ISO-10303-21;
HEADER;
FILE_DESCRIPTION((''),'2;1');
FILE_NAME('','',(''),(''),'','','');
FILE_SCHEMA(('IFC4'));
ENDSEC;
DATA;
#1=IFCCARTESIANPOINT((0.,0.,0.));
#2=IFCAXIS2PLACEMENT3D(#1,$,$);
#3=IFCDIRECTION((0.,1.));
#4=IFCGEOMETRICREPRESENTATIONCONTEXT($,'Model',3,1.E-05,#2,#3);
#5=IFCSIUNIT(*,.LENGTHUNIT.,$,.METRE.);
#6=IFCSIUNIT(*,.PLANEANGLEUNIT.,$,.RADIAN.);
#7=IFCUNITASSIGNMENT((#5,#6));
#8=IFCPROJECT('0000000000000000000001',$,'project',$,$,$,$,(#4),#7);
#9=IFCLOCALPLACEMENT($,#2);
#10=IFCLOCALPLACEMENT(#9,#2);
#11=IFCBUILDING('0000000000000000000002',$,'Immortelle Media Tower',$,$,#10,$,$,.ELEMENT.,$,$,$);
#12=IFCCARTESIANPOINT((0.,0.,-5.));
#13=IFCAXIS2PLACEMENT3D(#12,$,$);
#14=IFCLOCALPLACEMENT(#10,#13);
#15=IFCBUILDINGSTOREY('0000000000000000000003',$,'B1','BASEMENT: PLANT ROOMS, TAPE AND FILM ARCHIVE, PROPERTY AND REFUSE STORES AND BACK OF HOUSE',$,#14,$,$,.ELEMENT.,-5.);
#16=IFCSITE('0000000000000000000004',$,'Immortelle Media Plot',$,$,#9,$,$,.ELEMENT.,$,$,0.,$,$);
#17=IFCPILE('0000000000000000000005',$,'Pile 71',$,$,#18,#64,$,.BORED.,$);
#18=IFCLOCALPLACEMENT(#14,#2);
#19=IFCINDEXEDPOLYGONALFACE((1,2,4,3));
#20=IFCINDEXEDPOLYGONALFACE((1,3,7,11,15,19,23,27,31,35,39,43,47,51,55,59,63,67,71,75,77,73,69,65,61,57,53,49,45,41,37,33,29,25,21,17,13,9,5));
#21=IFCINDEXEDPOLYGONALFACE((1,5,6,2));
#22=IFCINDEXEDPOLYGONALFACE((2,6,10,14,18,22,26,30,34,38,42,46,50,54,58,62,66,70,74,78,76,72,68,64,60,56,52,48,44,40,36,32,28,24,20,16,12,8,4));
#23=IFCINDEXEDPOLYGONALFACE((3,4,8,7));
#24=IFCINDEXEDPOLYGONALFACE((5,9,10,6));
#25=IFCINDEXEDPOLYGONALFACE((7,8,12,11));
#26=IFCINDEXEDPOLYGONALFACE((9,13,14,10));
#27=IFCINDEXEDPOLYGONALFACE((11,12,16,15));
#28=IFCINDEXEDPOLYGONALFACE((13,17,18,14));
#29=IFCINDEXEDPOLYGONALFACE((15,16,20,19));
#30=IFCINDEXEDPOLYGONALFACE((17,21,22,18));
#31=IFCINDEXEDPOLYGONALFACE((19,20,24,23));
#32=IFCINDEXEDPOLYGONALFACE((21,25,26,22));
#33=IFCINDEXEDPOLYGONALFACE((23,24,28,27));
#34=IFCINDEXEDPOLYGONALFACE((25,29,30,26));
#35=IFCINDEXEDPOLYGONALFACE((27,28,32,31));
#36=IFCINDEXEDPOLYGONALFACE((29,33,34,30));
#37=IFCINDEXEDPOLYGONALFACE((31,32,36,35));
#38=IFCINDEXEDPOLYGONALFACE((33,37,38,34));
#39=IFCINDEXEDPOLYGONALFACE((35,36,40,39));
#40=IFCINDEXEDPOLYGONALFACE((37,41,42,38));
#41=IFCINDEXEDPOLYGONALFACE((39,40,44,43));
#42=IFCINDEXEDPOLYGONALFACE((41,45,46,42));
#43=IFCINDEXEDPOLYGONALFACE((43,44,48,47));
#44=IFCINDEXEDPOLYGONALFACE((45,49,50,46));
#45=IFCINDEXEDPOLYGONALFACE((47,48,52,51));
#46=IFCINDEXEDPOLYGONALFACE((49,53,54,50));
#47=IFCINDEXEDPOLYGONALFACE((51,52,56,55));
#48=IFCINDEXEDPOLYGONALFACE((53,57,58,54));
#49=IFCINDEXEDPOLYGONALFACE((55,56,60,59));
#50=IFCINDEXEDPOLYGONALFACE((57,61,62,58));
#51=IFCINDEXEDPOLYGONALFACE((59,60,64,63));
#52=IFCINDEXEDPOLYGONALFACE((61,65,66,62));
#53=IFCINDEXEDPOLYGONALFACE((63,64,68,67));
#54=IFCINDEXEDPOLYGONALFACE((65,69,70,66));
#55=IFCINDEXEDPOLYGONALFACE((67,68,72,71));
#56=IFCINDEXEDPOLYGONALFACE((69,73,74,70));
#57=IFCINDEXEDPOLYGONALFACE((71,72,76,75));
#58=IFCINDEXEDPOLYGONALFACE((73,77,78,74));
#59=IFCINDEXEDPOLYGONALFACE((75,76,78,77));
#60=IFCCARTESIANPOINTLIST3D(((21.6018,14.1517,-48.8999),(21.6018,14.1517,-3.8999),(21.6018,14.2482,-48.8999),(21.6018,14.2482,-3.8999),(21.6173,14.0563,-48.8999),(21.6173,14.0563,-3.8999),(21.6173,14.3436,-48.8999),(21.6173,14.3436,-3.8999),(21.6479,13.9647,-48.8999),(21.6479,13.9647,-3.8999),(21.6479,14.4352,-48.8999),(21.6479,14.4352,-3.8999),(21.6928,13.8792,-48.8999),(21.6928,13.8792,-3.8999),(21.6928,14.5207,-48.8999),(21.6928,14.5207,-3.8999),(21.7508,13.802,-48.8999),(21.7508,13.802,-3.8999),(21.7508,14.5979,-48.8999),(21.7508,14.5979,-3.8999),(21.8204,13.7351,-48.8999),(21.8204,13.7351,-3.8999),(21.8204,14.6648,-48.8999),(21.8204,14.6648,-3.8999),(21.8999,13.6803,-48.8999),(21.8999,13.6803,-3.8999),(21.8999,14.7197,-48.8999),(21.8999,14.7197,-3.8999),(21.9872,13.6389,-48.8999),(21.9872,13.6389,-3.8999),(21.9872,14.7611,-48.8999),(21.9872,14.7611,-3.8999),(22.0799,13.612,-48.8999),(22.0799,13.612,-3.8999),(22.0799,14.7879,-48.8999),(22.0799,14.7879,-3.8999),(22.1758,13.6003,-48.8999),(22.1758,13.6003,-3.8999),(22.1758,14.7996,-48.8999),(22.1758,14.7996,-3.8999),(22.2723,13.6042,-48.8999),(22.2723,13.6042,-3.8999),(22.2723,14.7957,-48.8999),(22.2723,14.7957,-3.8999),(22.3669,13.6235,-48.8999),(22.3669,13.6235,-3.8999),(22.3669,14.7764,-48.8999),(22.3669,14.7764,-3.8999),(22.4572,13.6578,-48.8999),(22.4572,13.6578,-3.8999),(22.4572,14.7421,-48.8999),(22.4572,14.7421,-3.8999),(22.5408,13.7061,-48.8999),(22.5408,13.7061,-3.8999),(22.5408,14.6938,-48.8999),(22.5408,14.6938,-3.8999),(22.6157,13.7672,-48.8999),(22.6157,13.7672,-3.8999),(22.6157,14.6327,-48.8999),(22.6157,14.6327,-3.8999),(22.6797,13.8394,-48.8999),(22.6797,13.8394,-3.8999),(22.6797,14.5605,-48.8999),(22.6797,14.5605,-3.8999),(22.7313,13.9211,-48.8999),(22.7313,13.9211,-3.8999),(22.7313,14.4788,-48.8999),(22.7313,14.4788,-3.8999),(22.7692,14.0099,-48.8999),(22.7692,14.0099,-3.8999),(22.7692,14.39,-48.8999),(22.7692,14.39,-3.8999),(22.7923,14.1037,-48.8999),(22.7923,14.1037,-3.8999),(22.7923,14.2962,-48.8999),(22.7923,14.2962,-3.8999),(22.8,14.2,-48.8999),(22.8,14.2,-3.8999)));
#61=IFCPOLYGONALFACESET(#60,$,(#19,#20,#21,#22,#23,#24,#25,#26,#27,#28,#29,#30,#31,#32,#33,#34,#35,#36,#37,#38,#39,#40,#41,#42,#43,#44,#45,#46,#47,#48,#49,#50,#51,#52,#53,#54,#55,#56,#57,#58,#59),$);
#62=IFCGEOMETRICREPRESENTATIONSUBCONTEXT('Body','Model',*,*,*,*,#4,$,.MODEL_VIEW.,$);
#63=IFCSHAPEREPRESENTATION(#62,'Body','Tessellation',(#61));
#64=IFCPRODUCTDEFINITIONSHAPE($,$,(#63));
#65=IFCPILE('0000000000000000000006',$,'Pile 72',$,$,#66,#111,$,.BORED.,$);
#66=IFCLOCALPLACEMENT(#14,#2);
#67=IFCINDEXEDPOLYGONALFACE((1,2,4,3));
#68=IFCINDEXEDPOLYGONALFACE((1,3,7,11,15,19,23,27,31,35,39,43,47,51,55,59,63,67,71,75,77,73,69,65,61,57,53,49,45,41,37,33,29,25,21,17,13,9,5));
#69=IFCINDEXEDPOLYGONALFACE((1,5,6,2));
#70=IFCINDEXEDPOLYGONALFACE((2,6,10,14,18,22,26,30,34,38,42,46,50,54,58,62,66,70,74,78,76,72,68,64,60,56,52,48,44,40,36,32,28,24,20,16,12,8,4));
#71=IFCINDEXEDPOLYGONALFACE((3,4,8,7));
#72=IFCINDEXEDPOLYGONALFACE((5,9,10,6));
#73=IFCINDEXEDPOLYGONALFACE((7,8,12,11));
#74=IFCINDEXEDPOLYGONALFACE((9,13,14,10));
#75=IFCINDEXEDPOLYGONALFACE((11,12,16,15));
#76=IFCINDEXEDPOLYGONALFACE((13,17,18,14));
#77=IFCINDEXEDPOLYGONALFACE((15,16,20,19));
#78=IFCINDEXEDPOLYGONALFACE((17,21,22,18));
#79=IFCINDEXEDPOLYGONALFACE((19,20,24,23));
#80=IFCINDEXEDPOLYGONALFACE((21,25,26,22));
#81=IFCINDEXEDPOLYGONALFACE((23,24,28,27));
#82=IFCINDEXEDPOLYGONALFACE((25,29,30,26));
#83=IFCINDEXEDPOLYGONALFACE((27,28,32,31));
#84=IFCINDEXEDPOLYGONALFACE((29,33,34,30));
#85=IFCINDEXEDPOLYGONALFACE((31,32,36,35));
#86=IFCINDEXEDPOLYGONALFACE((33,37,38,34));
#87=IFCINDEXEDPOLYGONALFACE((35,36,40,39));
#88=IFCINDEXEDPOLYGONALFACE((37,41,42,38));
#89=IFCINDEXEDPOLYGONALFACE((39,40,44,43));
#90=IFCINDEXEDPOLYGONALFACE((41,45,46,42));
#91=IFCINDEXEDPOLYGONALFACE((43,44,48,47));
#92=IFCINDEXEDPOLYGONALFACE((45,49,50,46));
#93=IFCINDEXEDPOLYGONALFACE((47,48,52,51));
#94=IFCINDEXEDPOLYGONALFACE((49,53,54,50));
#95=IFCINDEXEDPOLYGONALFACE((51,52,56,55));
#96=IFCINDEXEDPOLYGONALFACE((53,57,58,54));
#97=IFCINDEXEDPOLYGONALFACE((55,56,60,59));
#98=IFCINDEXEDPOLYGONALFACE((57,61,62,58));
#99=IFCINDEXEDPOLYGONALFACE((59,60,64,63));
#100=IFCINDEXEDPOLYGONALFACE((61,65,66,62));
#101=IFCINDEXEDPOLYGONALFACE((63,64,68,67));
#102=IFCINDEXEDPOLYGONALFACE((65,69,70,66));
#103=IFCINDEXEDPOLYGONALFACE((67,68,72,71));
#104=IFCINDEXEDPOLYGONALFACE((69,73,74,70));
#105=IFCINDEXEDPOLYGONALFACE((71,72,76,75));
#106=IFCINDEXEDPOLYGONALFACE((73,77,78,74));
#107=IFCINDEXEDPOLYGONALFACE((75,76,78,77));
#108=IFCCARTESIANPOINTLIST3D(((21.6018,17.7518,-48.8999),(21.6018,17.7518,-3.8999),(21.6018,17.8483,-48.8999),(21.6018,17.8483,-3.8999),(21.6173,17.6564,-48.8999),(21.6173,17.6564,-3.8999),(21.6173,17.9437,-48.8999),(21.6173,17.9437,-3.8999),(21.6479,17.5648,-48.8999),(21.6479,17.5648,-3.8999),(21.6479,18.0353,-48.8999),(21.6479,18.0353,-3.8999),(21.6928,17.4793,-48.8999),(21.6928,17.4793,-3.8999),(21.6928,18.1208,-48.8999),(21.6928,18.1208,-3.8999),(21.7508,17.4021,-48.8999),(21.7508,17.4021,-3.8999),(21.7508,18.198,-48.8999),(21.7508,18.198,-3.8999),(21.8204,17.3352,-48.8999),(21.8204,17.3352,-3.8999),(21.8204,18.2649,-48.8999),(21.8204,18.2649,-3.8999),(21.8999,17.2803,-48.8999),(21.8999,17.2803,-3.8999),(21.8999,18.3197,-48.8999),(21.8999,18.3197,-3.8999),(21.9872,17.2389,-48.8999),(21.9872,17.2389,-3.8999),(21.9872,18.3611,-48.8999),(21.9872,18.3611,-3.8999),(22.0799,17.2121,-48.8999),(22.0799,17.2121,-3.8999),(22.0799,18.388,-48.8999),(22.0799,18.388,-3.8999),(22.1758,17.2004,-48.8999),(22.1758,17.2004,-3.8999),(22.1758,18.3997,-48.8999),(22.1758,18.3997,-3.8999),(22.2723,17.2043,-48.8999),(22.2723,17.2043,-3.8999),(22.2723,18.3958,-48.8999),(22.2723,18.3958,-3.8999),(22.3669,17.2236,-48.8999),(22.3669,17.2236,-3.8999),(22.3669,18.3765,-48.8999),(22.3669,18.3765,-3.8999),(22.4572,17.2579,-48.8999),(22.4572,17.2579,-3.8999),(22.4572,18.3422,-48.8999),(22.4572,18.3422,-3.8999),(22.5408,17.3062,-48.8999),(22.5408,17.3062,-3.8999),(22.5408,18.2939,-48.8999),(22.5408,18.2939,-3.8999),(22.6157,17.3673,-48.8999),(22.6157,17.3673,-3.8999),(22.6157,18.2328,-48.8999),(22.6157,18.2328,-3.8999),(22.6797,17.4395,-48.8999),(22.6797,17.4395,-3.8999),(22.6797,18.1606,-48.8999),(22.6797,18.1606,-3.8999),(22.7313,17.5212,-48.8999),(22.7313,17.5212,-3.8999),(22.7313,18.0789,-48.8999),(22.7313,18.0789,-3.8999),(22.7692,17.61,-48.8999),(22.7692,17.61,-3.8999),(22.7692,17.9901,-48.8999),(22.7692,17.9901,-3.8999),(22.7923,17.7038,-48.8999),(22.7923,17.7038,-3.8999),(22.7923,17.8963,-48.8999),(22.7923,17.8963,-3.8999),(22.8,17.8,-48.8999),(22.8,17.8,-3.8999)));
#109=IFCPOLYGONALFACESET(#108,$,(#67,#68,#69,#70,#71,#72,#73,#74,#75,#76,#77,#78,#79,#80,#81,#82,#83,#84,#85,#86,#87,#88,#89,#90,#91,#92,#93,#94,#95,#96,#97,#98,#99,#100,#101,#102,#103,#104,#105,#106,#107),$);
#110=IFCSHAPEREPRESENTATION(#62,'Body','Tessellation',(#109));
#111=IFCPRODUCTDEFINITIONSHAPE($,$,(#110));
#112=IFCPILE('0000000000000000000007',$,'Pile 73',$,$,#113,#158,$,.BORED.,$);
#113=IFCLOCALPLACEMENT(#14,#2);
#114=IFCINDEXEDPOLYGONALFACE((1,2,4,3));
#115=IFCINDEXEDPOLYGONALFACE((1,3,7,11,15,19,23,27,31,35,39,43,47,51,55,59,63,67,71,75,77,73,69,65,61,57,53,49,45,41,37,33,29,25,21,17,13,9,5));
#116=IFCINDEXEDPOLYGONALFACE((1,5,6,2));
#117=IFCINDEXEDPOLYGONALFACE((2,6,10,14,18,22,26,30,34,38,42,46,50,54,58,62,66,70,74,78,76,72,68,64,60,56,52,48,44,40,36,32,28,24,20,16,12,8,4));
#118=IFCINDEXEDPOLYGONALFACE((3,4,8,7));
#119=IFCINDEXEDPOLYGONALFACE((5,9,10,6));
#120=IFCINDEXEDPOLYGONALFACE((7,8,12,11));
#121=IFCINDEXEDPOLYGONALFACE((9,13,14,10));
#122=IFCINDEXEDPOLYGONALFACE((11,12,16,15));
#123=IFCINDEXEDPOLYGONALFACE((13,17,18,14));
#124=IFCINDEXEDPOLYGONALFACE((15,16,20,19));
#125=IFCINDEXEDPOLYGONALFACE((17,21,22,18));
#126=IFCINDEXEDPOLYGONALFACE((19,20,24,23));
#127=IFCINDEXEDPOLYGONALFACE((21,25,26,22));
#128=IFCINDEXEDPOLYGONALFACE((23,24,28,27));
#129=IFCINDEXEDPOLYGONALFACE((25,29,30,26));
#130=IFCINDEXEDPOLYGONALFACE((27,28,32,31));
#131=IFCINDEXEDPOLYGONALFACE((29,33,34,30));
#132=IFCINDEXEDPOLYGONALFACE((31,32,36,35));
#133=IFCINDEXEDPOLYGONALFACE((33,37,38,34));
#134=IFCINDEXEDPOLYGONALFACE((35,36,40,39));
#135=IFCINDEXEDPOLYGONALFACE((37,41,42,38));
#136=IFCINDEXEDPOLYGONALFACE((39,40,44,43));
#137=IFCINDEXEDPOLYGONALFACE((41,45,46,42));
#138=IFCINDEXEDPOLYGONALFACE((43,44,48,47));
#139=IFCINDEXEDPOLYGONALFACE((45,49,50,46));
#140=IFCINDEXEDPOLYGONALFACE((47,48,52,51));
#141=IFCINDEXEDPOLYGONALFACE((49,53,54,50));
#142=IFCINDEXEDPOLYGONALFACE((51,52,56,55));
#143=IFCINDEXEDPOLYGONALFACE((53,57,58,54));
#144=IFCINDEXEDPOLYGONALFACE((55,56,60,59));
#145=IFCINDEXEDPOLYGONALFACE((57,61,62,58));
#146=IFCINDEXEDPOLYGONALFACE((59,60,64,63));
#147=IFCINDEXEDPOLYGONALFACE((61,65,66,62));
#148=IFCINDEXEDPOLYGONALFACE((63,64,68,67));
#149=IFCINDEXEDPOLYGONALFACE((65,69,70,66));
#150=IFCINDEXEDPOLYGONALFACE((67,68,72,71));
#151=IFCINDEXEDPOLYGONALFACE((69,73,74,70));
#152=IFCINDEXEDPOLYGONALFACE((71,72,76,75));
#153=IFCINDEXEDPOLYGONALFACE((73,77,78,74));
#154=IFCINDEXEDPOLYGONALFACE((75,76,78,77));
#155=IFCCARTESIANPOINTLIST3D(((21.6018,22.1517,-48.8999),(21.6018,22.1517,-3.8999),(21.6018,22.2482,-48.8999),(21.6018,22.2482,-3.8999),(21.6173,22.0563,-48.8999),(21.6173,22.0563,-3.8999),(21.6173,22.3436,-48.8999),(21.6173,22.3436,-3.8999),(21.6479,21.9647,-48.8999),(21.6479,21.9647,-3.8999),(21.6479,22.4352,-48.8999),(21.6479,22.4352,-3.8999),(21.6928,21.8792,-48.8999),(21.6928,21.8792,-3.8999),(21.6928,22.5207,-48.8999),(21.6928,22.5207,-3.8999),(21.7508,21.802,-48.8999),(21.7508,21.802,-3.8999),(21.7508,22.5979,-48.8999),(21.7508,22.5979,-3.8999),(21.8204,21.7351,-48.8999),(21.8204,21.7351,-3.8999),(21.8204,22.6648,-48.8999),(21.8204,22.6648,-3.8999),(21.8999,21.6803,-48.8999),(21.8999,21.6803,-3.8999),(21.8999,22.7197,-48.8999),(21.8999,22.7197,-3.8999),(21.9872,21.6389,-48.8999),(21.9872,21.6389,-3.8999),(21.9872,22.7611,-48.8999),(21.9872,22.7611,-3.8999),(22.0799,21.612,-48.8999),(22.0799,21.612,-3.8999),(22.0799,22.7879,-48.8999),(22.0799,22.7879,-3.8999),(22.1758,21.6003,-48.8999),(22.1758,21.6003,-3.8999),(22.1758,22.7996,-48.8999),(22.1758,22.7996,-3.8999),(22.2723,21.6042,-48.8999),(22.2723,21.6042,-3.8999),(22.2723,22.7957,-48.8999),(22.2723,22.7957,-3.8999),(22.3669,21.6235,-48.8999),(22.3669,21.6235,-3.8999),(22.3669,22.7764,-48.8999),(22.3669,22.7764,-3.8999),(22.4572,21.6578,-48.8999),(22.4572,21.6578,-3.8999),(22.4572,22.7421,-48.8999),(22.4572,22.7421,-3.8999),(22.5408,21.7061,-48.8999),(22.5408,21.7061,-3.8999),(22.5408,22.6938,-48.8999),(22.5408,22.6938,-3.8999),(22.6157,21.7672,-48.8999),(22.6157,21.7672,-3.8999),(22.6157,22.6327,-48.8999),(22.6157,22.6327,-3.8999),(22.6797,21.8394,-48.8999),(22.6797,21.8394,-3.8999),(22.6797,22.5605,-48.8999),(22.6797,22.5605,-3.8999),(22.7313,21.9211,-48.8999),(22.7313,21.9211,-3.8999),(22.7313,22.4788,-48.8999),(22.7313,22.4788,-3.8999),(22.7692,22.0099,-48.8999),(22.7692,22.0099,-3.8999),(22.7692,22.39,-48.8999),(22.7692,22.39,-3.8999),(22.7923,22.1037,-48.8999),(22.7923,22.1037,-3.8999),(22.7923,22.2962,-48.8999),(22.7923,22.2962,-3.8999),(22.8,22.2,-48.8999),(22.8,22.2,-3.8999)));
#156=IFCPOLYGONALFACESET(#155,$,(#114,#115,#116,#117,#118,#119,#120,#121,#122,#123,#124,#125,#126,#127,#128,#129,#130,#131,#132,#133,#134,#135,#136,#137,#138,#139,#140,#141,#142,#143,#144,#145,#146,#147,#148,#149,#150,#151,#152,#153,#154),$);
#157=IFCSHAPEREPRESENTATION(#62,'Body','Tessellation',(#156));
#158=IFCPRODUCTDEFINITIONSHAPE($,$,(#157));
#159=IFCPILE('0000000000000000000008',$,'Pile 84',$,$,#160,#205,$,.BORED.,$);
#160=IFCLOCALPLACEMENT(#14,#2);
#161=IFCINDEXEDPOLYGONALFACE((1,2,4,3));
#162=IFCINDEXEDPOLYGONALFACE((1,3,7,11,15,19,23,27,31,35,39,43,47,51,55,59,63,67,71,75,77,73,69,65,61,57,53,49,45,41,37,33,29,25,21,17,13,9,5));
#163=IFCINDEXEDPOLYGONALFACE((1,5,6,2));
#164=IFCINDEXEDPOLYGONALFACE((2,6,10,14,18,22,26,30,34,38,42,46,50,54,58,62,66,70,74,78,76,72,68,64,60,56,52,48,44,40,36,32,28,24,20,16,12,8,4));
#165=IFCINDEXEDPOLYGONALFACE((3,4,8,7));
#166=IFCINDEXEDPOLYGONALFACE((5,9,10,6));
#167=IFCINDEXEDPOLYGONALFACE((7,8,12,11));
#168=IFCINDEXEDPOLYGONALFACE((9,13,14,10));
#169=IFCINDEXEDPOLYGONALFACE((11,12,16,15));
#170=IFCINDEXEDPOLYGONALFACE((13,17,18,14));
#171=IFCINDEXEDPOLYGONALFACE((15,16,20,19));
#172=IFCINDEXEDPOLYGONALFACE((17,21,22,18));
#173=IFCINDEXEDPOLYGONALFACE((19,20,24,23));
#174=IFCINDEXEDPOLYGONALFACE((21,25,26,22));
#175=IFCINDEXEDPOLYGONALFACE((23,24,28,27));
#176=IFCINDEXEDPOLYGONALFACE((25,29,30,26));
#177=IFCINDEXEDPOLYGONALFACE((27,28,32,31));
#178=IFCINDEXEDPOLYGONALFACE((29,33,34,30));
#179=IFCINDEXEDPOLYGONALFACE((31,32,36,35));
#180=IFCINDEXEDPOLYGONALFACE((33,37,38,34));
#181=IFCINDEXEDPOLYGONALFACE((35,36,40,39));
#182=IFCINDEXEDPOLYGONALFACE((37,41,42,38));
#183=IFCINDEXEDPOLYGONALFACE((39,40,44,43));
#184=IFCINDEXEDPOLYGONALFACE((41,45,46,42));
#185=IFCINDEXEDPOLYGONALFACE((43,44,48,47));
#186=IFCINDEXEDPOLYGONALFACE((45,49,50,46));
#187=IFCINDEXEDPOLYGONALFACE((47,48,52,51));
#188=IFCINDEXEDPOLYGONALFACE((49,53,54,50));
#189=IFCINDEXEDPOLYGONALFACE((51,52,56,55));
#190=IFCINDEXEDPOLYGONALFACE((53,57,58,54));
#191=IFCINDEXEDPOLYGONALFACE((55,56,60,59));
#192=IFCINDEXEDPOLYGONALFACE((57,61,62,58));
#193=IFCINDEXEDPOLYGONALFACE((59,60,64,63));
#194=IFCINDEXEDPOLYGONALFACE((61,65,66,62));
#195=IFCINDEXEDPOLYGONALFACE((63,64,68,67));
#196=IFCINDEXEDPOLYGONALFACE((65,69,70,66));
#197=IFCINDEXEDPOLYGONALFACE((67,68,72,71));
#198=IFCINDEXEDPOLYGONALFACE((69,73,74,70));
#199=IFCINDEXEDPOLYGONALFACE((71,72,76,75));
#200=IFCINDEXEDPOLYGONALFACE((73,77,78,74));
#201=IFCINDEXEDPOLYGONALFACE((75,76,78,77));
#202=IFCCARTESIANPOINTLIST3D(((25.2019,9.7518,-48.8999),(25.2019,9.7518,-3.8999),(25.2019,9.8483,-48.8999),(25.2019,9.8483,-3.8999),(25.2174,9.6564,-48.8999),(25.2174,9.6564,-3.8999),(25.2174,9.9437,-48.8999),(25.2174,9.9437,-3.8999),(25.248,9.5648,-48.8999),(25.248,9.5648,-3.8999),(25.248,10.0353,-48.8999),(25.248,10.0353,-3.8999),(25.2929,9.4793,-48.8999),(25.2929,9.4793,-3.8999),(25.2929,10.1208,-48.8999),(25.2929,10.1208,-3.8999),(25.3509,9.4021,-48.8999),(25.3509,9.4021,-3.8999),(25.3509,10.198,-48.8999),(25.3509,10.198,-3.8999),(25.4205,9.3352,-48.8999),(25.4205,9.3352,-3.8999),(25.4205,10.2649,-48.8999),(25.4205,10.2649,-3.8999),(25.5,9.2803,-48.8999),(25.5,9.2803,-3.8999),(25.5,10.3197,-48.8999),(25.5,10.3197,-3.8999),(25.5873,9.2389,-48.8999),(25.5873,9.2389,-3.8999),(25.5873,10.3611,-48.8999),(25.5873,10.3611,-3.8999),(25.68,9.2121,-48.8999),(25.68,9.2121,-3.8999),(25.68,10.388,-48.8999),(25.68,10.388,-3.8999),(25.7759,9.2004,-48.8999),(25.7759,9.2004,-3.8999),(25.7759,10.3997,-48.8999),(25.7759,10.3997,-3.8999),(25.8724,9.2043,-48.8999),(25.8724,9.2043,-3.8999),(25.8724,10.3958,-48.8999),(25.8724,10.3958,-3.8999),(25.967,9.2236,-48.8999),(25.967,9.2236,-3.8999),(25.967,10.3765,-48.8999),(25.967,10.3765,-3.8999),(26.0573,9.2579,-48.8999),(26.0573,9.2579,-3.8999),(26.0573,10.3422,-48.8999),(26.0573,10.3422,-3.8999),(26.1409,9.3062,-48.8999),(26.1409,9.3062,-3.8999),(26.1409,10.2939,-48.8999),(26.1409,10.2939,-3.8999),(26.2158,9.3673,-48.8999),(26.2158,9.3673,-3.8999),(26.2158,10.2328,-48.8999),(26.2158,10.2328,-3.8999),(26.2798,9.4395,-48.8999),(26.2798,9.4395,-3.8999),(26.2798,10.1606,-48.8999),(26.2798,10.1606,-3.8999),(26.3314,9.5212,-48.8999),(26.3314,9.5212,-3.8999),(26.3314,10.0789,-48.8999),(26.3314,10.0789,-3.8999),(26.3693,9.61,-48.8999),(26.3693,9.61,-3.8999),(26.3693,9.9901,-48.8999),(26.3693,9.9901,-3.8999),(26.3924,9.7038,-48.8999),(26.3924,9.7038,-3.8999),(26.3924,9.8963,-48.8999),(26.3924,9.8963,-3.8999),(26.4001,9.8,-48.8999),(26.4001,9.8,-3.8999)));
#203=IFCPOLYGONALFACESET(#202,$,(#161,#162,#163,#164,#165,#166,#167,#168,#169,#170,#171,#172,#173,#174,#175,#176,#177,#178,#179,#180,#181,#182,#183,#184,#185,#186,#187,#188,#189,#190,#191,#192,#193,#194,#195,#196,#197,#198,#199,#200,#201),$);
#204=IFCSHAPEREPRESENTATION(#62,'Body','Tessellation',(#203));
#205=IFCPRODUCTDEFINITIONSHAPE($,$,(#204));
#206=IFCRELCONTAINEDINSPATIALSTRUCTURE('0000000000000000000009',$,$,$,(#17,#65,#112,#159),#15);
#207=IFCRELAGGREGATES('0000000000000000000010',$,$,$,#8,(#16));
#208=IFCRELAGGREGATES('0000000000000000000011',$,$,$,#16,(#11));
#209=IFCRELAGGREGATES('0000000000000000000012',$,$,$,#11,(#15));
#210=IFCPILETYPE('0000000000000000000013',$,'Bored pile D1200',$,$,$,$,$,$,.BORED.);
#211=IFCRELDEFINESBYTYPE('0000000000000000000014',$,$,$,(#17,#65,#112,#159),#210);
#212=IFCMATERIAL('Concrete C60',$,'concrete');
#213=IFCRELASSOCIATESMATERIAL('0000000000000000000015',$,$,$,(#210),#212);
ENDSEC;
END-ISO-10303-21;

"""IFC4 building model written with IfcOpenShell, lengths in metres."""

from ifc_helpers import new_model, si_unit, direction, frame, origin, origin_2d, place, context, subcontext, project, spatial, circle, extrude, material, material_profile, profile_set, type_object, element, save


model = new_model("IFC4")

# Units and contexts
model_context = context("Model", 3, precision=1e-05, world=origin(), true_north=direction((0.0, 1.0)))
body_context = subcontext(model_context, "Body", "Model", "MODEL_VIEW")
ifc_project = project(units=[si_unit("LENGTHUNIT", "METRE"), si_unit("PLANEANGLEUNIT", "RADIAN")], contexts=[model_context])

# Site, building, storey
site_placement = place(None, origin())
site = spatial("IfcSite", under=ifc_project, at=site_placement, Name="Immortelle Media Plot", CompositionType="ELEMENT", RefElevation=0.0)
building_placement = place(site_placement, origin())
building = spatial("IfcBuilding", under=site, at=building_placement, Name="Immortelle Media Tower", CompositionType="ELEMENT")
storey_placement = place(building_placement, frame((0.0, 0.0, -5.0)))
storey = spatial("IfcBuildingStorey", under=building, at=storey_placement, Name="B1", Description="BASEMENT: PLANT ROOMS, TAPE AND FILM ARCHIVE, PROPERTY AND REFUSE STORES AND BACK OF HOUSE", CompositionType="ELEMENT", Elevation=-5.0)

# Piles
ifc_material_1 = material(Name="Concrete C60", Category="concrete")
ifc_material_profile_1 = material_profile(ifc_material_1, circle(Radius=0.6001, at=origin_2d()), Name="Bored pile D1200")
ifc_profile_set_1 = profile_set([ifc_material_profile_1], Name="Concrete C60")
pile_type = type_object("IfcPileType", Name="Bored pile D1200", PredefinedType="BORED", material=ifc_profile_set_1)
for number, where, z_axis, x_axis, name in (
    (1, (22.2, 14.2, -3.8999), (0.0, 0.0, -1.0), (1.0, 0.0, 0.0), "Pile 71"),
    (2, (22.2, 17.8, -3.8999), (0.0, 0.0, -1.0), (1.0, 0.0, 0.0), "Pile 72"),
    (3, (22.2, 22.2, -3.8999), (0.0, 0.0, -1.0), (1.0, 0.0, 0.0), "Pile 73"),
    (4, (25.8, 9.8, -3.8999), (0.0, 0.0, -1.0), (1.0, 0.0, 0.0), "Pile 84"),
):
    element("IfcPile", number, at=place(storey_placement, frame(where, z_axis=z_axis, x_axis=x_axis)), inside=storey, type_object=pile_type, Name=name, PredefinedType="BORED", context=body_context, shape_type="SweptSolid", body=[
        extrude(circle(Radius=0.6001, at=origin_2d()), origin(), (0.0, 0.0, 1.0), 45.0),
    ])

save(model, "model.ifc")
